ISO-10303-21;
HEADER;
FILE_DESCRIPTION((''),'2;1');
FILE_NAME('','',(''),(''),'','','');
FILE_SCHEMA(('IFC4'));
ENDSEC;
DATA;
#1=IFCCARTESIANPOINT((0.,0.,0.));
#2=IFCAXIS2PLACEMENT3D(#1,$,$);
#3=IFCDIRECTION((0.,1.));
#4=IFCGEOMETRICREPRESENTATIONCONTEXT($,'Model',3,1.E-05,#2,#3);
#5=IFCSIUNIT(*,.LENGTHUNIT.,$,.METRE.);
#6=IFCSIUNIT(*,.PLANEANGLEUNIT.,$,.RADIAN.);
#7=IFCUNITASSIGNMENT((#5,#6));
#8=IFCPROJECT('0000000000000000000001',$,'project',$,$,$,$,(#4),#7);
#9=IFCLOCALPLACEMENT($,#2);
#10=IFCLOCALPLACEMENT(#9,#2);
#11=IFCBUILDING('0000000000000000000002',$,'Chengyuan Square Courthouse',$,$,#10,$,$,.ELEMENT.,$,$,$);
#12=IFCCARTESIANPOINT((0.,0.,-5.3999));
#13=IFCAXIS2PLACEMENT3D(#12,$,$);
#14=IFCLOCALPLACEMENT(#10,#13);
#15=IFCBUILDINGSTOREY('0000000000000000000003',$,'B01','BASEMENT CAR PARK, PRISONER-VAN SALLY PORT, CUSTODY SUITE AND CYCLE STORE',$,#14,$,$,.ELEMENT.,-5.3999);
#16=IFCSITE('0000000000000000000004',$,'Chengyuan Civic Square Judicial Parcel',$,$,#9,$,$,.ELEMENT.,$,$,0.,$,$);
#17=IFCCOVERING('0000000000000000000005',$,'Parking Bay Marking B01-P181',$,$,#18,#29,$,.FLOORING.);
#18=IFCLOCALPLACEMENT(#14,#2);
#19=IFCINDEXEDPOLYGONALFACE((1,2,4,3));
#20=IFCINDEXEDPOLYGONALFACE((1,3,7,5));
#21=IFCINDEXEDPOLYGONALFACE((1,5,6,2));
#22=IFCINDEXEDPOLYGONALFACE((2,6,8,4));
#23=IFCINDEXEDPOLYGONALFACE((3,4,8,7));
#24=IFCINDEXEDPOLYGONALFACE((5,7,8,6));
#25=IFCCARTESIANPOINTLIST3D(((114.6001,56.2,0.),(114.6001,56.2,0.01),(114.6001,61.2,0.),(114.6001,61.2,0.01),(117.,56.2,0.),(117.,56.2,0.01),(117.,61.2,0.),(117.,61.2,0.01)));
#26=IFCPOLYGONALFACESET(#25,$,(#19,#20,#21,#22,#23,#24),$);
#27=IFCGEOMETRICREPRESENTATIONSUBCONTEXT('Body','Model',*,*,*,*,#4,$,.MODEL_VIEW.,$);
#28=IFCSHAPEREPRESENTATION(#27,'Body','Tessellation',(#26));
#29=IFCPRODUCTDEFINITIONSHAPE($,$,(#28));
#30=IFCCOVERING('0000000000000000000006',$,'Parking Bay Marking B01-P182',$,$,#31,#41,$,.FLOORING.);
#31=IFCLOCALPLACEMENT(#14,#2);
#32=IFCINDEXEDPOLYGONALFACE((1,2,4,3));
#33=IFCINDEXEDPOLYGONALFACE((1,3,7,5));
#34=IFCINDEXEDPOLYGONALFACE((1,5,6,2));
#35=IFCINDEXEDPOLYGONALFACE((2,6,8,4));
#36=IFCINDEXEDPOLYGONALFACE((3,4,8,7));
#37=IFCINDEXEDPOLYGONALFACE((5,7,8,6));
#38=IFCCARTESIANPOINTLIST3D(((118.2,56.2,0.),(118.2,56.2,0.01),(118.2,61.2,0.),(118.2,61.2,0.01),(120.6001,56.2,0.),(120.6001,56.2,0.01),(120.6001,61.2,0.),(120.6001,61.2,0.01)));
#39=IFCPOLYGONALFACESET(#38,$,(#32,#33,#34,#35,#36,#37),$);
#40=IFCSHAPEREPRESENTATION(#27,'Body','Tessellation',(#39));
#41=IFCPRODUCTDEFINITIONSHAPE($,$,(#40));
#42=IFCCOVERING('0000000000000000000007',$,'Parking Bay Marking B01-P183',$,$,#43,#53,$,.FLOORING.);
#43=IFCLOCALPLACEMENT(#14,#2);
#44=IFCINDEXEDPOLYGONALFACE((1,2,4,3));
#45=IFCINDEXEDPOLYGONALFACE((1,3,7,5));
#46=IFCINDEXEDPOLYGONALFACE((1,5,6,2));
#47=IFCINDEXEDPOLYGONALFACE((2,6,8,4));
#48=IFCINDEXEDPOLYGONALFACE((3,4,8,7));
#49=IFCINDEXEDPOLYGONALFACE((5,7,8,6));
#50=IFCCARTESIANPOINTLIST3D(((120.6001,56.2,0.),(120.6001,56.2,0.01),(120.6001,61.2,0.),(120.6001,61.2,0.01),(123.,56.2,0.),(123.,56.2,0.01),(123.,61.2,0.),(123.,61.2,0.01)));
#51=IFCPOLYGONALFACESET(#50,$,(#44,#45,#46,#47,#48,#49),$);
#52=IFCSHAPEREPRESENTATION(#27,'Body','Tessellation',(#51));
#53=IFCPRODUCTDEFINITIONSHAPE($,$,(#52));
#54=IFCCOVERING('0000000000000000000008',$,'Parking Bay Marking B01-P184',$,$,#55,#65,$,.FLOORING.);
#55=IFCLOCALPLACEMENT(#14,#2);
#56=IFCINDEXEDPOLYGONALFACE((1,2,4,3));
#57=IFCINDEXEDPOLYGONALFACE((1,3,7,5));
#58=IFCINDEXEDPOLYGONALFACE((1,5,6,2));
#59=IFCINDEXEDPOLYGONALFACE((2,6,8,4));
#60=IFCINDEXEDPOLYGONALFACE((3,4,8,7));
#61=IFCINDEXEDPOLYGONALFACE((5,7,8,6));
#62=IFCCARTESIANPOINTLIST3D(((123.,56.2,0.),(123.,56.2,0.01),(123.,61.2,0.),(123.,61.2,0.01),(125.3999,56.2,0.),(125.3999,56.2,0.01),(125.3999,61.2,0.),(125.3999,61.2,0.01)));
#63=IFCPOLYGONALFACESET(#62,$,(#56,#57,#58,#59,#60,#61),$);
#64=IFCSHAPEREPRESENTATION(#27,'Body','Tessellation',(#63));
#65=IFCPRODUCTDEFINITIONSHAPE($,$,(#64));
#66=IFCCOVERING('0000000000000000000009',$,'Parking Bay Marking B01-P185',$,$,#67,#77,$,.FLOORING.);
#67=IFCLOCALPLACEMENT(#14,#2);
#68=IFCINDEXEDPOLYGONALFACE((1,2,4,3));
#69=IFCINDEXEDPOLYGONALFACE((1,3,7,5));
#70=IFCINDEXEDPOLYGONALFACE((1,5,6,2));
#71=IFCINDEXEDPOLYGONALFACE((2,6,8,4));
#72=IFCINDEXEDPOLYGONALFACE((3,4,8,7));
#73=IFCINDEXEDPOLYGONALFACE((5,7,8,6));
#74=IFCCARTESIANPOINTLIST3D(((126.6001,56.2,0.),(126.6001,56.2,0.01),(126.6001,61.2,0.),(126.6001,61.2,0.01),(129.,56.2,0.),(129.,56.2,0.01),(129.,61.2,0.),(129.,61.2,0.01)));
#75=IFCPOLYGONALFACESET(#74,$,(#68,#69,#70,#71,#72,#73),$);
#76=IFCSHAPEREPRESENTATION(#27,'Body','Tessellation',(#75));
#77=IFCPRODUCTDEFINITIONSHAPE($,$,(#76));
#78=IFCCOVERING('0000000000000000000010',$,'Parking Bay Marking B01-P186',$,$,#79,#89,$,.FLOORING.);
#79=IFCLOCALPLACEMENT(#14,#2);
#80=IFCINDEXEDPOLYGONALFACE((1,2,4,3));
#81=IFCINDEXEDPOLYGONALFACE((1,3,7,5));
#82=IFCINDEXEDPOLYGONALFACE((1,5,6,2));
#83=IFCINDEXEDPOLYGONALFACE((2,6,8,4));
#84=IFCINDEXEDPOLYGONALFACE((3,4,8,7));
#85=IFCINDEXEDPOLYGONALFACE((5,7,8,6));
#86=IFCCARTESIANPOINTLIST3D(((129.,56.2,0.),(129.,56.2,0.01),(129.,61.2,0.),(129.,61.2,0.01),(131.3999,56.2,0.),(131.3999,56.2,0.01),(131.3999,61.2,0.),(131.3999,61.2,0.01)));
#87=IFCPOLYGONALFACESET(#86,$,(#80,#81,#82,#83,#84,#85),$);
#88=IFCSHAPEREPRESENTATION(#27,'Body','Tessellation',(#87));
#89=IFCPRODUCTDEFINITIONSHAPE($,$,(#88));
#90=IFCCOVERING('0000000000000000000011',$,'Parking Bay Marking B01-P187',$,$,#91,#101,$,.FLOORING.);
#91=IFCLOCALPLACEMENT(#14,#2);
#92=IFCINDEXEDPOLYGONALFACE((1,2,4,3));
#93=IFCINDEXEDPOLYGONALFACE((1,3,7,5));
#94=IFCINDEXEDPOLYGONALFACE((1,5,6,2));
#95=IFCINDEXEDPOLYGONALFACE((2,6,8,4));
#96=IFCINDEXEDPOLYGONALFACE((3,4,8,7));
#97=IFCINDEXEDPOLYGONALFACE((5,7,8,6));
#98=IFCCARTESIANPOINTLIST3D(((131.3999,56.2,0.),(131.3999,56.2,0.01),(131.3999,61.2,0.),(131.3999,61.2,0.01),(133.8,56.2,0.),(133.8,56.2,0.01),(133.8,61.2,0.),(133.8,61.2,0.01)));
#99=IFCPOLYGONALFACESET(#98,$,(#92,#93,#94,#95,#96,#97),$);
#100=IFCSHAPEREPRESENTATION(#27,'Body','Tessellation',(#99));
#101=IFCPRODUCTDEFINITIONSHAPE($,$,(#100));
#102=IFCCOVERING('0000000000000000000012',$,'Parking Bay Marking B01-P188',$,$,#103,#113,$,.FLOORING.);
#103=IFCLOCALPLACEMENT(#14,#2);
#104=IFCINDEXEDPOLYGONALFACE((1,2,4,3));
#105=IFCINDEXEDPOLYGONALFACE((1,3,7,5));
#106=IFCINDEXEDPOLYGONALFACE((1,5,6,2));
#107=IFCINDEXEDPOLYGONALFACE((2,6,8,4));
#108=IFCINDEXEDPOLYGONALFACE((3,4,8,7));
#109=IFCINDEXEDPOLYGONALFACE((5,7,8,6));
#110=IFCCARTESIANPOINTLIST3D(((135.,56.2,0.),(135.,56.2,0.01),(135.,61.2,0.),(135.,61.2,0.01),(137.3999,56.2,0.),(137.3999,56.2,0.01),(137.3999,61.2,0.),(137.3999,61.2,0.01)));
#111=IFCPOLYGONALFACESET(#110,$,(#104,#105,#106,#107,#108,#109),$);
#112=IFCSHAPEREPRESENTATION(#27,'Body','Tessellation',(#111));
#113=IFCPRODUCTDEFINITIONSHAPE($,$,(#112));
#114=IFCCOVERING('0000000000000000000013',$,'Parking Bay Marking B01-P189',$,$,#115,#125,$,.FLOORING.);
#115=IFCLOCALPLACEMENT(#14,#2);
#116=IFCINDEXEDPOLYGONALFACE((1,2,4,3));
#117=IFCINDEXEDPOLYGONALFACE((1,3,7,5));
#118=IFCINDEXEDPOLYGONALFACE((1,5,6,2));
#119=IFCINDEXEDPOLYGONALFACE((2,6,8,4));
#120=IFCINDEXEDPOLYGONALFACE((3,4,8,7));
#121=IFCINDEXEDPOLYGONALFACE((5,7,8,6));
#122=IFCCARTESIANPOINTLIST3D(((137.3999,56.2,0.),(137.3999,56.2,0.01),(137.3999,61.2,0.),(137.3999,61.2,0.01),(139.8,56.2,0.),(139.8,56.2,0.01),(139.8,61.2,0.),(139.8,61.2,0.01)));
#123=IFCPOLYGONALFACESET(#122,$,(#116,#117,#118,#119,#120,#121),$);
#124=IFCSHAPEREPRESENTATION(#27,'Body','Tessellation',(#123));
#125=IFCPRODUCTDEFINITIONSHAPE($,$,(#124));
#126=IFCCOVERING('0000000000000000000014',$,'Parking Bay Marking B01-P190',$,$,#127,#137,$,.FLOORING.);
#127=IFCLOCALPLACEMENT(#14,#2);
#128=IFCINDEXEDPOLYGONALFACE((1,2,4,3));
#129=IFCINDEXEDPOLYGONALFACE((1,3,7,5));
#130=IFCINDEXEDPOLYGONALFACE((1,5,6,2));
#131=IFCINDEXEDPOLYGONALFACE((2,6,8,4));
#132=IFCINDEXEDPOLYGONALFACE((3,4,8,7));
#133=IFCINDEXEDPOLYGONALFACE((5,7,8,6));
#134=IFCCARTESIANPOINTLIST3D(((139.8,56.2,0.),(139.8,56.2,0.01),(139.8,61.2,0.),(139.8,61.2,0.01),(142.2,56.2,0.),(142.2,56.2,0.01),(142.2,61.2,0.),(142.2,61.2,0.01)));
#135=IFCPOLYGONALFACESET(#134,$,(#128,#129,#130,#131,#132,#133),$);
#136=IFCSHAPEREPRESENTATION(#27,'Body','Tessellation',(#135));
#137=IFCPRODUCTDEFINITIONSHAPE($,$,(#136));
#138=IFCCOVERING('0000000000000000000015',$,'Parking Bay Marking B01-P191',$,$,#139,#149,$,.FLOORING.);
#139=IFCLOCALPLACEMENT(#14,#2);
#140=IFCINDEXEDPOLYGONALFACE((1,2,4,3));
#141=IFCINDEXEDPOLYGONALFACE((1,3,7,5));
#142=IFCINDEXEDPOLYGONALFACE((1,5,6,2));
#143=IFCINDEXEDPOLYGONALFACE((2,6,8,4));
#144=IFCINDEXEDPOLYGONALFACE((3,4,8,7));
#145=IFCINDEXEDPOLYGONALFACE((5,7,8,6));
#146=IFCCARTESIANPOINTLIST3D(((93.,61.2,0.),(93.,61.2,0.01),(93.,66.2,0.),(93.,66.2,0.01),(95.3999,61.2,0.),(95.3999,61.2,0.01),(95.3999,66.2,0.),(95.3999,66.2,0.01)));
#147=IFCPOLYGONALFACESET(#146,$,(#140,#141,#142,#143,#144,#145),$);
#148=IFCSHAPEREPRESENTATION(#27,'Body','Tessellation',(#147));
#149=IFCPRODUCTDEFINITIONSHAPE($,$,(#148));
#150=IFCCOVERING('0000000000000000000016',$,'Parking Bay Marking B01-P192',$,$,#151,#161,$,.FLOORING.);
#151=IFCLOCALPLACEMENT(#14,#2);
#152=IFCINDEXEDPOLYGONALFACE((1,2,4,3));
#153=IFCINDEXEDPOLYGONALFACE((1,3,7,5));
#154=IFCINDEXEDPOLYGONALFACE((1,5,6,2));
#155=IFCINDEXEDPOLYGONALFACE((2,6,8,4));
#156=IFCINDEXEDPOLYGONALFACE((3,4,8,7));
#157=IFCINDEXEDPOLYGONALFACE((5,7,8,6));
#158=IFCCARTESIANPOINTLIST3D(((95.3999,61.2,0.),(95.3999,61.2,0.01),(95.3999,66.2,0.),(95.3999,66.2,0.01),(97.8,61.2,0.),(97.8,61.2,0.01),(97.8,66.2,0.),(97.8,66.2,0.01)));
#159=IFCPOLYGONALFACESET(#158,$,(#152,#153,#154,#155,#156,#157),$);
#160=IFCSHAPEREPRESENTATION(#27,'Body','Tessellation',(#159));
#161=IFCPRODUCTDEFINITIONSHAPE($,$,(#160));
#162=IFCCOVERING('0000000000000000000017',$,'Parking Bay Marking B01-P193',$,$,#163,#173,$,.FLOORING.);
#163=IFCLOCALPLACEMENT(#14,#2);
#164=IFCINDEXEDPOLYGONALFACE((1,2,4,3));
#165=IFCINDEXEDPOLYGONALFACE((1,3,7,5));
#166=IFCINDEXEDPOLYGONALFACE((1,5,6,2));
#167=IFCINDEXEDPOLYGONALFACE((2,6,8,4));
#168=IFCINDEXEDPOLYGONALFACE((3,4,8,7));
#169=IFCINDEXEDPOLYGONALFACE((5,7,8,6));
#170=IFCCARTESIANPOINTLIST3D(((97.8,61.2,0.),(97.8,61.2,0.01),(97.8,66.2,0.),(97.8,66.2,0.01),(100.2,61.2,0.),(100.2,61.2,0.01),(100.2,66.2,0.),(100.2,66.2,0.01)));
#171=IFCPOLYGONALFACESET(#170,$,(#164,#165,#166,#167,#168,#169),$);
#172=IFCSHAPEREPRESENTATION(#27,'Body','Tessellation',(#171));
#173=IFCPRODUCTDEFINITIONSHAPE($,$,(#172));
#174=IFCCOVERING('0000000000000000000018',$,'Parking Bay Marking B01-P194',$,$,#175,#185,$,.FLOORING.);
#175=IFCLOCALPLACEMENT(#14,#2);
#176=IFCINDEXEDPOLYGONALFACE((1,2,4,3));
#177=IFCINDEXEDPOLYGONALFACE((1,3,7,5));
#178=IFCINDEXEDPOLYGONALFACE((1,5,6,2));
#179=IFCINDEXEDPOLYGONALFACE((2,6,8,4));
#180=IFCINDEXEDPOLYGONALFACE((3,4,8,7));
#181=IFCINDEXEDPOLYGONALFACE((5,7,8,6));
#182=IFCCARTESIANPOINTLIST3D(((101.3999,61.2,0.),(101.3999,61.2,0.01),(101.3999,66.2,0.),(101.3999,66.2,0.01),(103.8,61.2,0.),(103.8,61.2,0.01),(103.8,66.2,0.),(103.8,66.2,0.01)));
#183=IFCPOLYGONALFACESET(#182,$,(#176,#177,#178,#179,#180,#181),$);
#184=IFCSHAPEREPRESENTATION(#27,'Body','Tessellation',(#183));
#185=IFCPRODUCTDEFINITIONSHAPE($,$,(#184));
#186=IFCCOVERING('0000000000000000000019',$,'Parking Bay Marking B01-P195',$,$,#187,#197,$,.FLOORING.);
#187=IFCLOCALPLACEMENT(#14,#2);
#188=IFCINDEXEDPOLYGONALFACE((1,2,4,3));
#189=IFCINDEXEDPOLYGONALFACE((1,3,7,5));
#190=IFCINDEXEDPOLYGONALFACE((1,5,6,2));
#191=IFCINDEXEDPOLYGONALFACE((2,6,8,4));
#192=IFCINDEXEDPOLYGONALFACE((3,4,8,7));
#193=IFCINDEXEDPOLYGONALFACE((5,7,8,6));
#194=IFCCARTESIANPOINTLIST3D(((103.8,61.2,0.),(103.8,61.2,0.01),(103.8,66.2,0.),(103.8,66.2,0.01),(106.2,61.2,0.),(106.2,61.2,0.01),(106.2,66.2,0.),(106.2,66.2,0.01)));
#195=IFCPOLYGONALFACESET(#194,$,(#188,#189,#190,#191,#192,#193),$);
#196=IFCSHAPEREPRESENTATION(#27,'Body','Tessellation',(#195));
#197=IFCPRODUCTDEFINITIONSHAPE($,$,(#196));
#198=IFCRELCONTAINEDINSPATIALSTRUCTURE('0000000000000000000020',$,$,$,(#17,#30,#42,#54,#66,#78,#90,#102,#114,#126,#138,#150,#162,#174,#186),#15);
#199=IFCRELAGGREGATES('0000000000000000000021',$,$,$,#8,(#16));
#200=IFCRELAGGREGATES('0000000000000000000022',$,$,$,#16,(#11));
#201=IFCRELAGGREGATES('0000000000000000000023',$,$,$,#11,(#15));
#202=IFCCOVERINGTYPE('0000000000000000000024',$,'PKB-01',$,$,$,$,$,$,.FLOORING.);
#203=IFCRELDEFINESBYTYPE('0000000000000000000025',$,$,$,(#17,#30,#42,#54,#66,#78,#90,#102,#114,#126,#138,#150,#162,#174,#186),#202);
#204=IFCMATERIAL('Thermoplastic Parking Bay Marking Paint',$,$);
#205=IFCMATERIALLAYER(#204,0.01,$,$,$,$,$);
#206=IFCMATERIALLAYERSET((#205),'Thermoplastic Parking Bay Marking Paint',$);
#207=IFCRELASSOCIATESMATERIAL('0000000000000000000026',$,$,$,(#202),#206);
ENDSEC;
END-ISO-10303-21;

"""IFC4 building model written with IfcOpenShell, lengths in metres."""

from ifc_helpers import new_model, si_unit, direction, frame, origin, place, context, subcontext, project, spatial, polyline, outline, extrude, material, layer, layer_set, type_object, element, save


model = new_model("IFC4")

# Units and contexts
model_context = context("Model", 3, precision=1e-05, world=origin(), true_north=direction((0.0, 1.0)))
body_context = subcontext(model_context, "Body", "Model", "MODEL_VIEW")
ifc_project = project(units=[si_unit("LENGTHUNIT", "METRE"), si_unit("PLANEANGLEUNIT", "RADIAN")], contexts=[model_context])

# Site, building, storey
site_placement = place(None, origin())
site = spatial("IfcSite", under=ifc_project, at=site_placement, Name="Chengyuan Civic Square Judicial Parcel", CompositionType="ELEMENT", RefElevation=0.0)
building_placement = place(site_placement, origin())
building = spatial("IfcBuilding", under=site, at=building_placement, Name="Chengyuan Square Courthouse", CompositionType="ELEMENT")
storey_placement = place(building_placement, frame((0.0, 0.0, -5.3999)))
storey = spatial("IfcBuildingStorey", under=building, at=storey_placement, Name="B01", Description="BASEMENT CAR PARK, PRISONER-VAN SALLY PORT, CUSTODY SUITE AND CYCLE STORE", CompositionType="ELEMENT", Elevation=-5.3999)

# Coverings
ifc_material = material(Name="Thermoplastic Parking Bay Marking Paint")
ifc_layer = layer(ifc_material, 0.01)
ifc_layer_set = layer_set([ifc_layer], Name="Thermoplastic Parking Bay Marking Paint")
covering_type = type_object("IfcCoveringType", Name="PKB-01", PredefinedType="FLOORING", material=ifc_layer_set)
covering_1_placement = place(storey_placement, origin())
element("IfcCovering", 1, at=covering_1_placement, inside=storey, type_object=covering_type, Name="Parking Bay Marking B01-P181", PredefinedType="FLOORING", context=body_context, shape_type="SweptSolid", body=[
    extrude(outline(polyline([(114.6001, 56.2), (117.0, 56.2), (117.0, 61.2), (114.6001, 61.2), (114.6001, 56.2)])), origin(), (0.0, 0.0, 1.0), 0.01),
])
covering_2_placement = place(storey_placement, origin())
element("IfcCovering", 2, at=covering_2_placement, inside=storey, type_object=covering_type, Name="Parking Bay Marking B01-P182", PredefinedType="FLOORING", context=body_context, shape_type="SweptSolid", body=[
    extrude(outline(polyline([(118.2, 56.2), (120.6001, 56.2), (120.6001, 61.2), (118.2, 61.2), (118.2, 56.2)])), origin(), (0.0, 0.0, 1.0), 0.01),
])
covering_3_placement = place(storey_placement, origin())
element("IfcCovering", 3, at=covering_3_placement, inside=storey, type_object=covering_type, Name="Parking Bay Marking B01-P183", PredefinedType="FLOORING", context=body_context, shape_type="SweptSolid", body=[
    extrude(outline(polyline([(120.6001, 56.2), (123.0, 56.2), (123.0, 61.2), (120.6001, 61.2), (120.6001, 56.2)])), origin(), (0.0, 0.0, 1.0), 0.01),
])
covering_4_placement = place(storey_placement, origin())
element("IfcCovering", 4, at=covering_4_placement, inside=storey, type_object=covering_type, Name="Parking Bay Marking B01-P184", PredefinedType="FLOORING", context=body_context, shape_type="SweptSolid", body=[
    extrude(outline(polyline([(123.0, 56.2), (125.3999, 56.2), (125.3999, 61.2), (123.0, 61.2), (123.0, 56.2)])), origin(), (0.0, 0.0, 1.0), 0.01),
])
covering_5_placement = place(storey_placement, origin())
element("IfcCovering", 5, at=covering_5_placement, inside=storey, type_object=covering_type, Name="Parking Bay Marking B01-P185", PredefinedType="FLOORING", context=body_context, shape_type="SweptSolid", body=[
    extrude(outline(polyline([(126.6001, 56.2), (129.0, 56.2), (129.0, 61.2), (126.6001, 61.2), (126.6001, 56.2)])), origin(), (0.0, 0.0, 1.0), 0.01),
])
covering_6_placement = place(storey_placement, origin())
element("IfcCovering", 6, at=covering_6_placement, inside=storey, type_object=covering_type, Name="Parking Bay Marking B01-P186", PredefinedType="FLOORING", context=body_context, shape_type="SweptSolid", body=[
    extrude(outline(polyline([(129.0, 56.2), (131.3999, 56.2), (131.3999, 61.2), (129.0, 61.2), (129.0, 56.2)])), origin(), (0.0, 0.0, 1.0), 0.01),
])
covering_7_placement = place(storey_placement, origin())
element("IfcCovering", 7, at=covering_7_placement, inside=storey, type_object=covering_type, Name="Parking Bay Marking B01-P187", PredefinedType="FLOORING", context=body_context, shape_type="SweptSolid", body=[
    extrude(outline(polyline([(131.3999, 56.2), (133.8, 56.2), (133.8, 61.2), (131.3999, 61.2), (131.3999, 56.2)])), origin(), (0.0, 0.0, 1.0), 0.01),
])
covering_8_placement = place(storey_placement, origin())
element("IfcCovering", 8, at=covering_8_placement, inside=storey, type_object=covering_type, Name="Parking Bay Marking B01-P188", PredefinedType="FLOORING", context=body_context, shape_type="SweptSolid", body=[
    extrude(outline(polyline([(135.0, 56.2), (137.3999, 56.2), (137.3999, 61.2), (135.0, 61.2), (135.0, 56.2)])), origin(), (0.0, 0.0, 1.0), 0.01),
])
covering_9_placement = place(storey_placement, origin())
element("IfcCovering", 9, at=covering_9_placement, inside=storey, type_object=covering_type, Name="Parking Bay Marking B01-P189", PredefinedType="FLOORING", context=body_context, shape_type="SweptSolid", body=[
    extrude(outline(polyline([(137.3999, 56.2), (139.8, 56.2), (139.8, 61.2), (137.3999, 61.2), (137.3999, 56.2)])), origin(), (0.0, 0.0, 1.0), 0.01),
])
covering_10_placement = place(storey_placement, origin())
element("IfcCovering", 10, at=covering_10_placement, inside=storey, type_object=covering_type, Name="Parking Bay Marking B01-P190", PredefinedType="FLOORING", context=body_context, shape_type="SweptSolid", body=[
    extrude(outline(polyline([(139.8, 56.2), (142.2, 56.2), (142.2, 61.2), (139.8, 61.2), (139.8, 56.2)])), origin(), (0.0, 0.0, 1.0), 0.01),
])
covering_11_placement = place(storey_placement, origin())
element("IfcCovering", 11, at=covering_11_placement, inside=storey, type_object=covering_type, Name="Parking Bay Marking B01-P191", PredefinedType="FLOORING", context=body_context, shape_type="SweptSolid", body=[
    extrude(outline(polyline([(93.0, 61.2), (95.3999, 61.2), (95.3999, 66.2), (93.0, 66.2), (93.0, 61.2)])), origin(), (0.0, 0.0, 1.0), 0.01),
])
covering_12_placement = place(storey_placement, origin())
element("IfcCovering", 12, at=covering_12_placement, inside=storey, type_object=covering_type, Name="Parking Bay Marking B01-P192", PredefinedType="FLOORING", context=body_context, shape_type="SweptSolid", body=[
    extrude(outline(polyline([(95.3999, 61.2), (97.8, 61.2), (97.8, 66.2), (95.3999, 66.2), (95.3999, 61.2)])), origin(), (0.0, 0.0, 1.0), 0.01),
])
covering_13_placement = place(storey_placement, origin())
element("IfcCovering", 13, at=covering_13_placement, inside=storey, type_object=covering_type, Name="Parking Bay Marking B01-P193", PredefinedType="FLOORING", context=body_context, shape_type="SweptSolid", body=[
    extrude(outline(polyline([(97.8, 61.2), (100.2, 61.2), (100.2, 66.2), (97.8, 66.2), (97.8, 61.2)])), origin(), (0.0, 0.0, 1.0), 0.01),
])
covering_14_placement = place(storey_placement, origin())
element("IfcCovering", 14, at=covering_14_placement, inside=storey, type_object=covering_type, Name="Parking Bay Marking B01-P194", PredefinedType="FLOORING", context=body_context, shape_type="SweptSolid", body=[
    extrude(outline(polyline([(101.3999, 61.2), (103.8, 61.2), (103.8, 66.2), (101.3999, 66.2), (101.3999, 61.2)])), origin(), (0.0, 0.0, 1.0), 0.01),
])
covering_15_placement = place(storey_placement, origin())
element("IfcCovering", 15, at=covering_15_placement, inside=storey, type_object=covering_type, Name="Parking Bay Marking B01-P195", PredefinedType="FLOORING", context=body_context, shape_type="SweptSolid", body=[
    extrude(outline(polyline([(103.8, 61.2), (106.2, 61.2), (106.2, 66.2), (103.8, 66.2), (103.8, 61.2)])), origin(), (0.0, 0.0, 1.0), 0.01),
])

save(model, "model.ifc")
